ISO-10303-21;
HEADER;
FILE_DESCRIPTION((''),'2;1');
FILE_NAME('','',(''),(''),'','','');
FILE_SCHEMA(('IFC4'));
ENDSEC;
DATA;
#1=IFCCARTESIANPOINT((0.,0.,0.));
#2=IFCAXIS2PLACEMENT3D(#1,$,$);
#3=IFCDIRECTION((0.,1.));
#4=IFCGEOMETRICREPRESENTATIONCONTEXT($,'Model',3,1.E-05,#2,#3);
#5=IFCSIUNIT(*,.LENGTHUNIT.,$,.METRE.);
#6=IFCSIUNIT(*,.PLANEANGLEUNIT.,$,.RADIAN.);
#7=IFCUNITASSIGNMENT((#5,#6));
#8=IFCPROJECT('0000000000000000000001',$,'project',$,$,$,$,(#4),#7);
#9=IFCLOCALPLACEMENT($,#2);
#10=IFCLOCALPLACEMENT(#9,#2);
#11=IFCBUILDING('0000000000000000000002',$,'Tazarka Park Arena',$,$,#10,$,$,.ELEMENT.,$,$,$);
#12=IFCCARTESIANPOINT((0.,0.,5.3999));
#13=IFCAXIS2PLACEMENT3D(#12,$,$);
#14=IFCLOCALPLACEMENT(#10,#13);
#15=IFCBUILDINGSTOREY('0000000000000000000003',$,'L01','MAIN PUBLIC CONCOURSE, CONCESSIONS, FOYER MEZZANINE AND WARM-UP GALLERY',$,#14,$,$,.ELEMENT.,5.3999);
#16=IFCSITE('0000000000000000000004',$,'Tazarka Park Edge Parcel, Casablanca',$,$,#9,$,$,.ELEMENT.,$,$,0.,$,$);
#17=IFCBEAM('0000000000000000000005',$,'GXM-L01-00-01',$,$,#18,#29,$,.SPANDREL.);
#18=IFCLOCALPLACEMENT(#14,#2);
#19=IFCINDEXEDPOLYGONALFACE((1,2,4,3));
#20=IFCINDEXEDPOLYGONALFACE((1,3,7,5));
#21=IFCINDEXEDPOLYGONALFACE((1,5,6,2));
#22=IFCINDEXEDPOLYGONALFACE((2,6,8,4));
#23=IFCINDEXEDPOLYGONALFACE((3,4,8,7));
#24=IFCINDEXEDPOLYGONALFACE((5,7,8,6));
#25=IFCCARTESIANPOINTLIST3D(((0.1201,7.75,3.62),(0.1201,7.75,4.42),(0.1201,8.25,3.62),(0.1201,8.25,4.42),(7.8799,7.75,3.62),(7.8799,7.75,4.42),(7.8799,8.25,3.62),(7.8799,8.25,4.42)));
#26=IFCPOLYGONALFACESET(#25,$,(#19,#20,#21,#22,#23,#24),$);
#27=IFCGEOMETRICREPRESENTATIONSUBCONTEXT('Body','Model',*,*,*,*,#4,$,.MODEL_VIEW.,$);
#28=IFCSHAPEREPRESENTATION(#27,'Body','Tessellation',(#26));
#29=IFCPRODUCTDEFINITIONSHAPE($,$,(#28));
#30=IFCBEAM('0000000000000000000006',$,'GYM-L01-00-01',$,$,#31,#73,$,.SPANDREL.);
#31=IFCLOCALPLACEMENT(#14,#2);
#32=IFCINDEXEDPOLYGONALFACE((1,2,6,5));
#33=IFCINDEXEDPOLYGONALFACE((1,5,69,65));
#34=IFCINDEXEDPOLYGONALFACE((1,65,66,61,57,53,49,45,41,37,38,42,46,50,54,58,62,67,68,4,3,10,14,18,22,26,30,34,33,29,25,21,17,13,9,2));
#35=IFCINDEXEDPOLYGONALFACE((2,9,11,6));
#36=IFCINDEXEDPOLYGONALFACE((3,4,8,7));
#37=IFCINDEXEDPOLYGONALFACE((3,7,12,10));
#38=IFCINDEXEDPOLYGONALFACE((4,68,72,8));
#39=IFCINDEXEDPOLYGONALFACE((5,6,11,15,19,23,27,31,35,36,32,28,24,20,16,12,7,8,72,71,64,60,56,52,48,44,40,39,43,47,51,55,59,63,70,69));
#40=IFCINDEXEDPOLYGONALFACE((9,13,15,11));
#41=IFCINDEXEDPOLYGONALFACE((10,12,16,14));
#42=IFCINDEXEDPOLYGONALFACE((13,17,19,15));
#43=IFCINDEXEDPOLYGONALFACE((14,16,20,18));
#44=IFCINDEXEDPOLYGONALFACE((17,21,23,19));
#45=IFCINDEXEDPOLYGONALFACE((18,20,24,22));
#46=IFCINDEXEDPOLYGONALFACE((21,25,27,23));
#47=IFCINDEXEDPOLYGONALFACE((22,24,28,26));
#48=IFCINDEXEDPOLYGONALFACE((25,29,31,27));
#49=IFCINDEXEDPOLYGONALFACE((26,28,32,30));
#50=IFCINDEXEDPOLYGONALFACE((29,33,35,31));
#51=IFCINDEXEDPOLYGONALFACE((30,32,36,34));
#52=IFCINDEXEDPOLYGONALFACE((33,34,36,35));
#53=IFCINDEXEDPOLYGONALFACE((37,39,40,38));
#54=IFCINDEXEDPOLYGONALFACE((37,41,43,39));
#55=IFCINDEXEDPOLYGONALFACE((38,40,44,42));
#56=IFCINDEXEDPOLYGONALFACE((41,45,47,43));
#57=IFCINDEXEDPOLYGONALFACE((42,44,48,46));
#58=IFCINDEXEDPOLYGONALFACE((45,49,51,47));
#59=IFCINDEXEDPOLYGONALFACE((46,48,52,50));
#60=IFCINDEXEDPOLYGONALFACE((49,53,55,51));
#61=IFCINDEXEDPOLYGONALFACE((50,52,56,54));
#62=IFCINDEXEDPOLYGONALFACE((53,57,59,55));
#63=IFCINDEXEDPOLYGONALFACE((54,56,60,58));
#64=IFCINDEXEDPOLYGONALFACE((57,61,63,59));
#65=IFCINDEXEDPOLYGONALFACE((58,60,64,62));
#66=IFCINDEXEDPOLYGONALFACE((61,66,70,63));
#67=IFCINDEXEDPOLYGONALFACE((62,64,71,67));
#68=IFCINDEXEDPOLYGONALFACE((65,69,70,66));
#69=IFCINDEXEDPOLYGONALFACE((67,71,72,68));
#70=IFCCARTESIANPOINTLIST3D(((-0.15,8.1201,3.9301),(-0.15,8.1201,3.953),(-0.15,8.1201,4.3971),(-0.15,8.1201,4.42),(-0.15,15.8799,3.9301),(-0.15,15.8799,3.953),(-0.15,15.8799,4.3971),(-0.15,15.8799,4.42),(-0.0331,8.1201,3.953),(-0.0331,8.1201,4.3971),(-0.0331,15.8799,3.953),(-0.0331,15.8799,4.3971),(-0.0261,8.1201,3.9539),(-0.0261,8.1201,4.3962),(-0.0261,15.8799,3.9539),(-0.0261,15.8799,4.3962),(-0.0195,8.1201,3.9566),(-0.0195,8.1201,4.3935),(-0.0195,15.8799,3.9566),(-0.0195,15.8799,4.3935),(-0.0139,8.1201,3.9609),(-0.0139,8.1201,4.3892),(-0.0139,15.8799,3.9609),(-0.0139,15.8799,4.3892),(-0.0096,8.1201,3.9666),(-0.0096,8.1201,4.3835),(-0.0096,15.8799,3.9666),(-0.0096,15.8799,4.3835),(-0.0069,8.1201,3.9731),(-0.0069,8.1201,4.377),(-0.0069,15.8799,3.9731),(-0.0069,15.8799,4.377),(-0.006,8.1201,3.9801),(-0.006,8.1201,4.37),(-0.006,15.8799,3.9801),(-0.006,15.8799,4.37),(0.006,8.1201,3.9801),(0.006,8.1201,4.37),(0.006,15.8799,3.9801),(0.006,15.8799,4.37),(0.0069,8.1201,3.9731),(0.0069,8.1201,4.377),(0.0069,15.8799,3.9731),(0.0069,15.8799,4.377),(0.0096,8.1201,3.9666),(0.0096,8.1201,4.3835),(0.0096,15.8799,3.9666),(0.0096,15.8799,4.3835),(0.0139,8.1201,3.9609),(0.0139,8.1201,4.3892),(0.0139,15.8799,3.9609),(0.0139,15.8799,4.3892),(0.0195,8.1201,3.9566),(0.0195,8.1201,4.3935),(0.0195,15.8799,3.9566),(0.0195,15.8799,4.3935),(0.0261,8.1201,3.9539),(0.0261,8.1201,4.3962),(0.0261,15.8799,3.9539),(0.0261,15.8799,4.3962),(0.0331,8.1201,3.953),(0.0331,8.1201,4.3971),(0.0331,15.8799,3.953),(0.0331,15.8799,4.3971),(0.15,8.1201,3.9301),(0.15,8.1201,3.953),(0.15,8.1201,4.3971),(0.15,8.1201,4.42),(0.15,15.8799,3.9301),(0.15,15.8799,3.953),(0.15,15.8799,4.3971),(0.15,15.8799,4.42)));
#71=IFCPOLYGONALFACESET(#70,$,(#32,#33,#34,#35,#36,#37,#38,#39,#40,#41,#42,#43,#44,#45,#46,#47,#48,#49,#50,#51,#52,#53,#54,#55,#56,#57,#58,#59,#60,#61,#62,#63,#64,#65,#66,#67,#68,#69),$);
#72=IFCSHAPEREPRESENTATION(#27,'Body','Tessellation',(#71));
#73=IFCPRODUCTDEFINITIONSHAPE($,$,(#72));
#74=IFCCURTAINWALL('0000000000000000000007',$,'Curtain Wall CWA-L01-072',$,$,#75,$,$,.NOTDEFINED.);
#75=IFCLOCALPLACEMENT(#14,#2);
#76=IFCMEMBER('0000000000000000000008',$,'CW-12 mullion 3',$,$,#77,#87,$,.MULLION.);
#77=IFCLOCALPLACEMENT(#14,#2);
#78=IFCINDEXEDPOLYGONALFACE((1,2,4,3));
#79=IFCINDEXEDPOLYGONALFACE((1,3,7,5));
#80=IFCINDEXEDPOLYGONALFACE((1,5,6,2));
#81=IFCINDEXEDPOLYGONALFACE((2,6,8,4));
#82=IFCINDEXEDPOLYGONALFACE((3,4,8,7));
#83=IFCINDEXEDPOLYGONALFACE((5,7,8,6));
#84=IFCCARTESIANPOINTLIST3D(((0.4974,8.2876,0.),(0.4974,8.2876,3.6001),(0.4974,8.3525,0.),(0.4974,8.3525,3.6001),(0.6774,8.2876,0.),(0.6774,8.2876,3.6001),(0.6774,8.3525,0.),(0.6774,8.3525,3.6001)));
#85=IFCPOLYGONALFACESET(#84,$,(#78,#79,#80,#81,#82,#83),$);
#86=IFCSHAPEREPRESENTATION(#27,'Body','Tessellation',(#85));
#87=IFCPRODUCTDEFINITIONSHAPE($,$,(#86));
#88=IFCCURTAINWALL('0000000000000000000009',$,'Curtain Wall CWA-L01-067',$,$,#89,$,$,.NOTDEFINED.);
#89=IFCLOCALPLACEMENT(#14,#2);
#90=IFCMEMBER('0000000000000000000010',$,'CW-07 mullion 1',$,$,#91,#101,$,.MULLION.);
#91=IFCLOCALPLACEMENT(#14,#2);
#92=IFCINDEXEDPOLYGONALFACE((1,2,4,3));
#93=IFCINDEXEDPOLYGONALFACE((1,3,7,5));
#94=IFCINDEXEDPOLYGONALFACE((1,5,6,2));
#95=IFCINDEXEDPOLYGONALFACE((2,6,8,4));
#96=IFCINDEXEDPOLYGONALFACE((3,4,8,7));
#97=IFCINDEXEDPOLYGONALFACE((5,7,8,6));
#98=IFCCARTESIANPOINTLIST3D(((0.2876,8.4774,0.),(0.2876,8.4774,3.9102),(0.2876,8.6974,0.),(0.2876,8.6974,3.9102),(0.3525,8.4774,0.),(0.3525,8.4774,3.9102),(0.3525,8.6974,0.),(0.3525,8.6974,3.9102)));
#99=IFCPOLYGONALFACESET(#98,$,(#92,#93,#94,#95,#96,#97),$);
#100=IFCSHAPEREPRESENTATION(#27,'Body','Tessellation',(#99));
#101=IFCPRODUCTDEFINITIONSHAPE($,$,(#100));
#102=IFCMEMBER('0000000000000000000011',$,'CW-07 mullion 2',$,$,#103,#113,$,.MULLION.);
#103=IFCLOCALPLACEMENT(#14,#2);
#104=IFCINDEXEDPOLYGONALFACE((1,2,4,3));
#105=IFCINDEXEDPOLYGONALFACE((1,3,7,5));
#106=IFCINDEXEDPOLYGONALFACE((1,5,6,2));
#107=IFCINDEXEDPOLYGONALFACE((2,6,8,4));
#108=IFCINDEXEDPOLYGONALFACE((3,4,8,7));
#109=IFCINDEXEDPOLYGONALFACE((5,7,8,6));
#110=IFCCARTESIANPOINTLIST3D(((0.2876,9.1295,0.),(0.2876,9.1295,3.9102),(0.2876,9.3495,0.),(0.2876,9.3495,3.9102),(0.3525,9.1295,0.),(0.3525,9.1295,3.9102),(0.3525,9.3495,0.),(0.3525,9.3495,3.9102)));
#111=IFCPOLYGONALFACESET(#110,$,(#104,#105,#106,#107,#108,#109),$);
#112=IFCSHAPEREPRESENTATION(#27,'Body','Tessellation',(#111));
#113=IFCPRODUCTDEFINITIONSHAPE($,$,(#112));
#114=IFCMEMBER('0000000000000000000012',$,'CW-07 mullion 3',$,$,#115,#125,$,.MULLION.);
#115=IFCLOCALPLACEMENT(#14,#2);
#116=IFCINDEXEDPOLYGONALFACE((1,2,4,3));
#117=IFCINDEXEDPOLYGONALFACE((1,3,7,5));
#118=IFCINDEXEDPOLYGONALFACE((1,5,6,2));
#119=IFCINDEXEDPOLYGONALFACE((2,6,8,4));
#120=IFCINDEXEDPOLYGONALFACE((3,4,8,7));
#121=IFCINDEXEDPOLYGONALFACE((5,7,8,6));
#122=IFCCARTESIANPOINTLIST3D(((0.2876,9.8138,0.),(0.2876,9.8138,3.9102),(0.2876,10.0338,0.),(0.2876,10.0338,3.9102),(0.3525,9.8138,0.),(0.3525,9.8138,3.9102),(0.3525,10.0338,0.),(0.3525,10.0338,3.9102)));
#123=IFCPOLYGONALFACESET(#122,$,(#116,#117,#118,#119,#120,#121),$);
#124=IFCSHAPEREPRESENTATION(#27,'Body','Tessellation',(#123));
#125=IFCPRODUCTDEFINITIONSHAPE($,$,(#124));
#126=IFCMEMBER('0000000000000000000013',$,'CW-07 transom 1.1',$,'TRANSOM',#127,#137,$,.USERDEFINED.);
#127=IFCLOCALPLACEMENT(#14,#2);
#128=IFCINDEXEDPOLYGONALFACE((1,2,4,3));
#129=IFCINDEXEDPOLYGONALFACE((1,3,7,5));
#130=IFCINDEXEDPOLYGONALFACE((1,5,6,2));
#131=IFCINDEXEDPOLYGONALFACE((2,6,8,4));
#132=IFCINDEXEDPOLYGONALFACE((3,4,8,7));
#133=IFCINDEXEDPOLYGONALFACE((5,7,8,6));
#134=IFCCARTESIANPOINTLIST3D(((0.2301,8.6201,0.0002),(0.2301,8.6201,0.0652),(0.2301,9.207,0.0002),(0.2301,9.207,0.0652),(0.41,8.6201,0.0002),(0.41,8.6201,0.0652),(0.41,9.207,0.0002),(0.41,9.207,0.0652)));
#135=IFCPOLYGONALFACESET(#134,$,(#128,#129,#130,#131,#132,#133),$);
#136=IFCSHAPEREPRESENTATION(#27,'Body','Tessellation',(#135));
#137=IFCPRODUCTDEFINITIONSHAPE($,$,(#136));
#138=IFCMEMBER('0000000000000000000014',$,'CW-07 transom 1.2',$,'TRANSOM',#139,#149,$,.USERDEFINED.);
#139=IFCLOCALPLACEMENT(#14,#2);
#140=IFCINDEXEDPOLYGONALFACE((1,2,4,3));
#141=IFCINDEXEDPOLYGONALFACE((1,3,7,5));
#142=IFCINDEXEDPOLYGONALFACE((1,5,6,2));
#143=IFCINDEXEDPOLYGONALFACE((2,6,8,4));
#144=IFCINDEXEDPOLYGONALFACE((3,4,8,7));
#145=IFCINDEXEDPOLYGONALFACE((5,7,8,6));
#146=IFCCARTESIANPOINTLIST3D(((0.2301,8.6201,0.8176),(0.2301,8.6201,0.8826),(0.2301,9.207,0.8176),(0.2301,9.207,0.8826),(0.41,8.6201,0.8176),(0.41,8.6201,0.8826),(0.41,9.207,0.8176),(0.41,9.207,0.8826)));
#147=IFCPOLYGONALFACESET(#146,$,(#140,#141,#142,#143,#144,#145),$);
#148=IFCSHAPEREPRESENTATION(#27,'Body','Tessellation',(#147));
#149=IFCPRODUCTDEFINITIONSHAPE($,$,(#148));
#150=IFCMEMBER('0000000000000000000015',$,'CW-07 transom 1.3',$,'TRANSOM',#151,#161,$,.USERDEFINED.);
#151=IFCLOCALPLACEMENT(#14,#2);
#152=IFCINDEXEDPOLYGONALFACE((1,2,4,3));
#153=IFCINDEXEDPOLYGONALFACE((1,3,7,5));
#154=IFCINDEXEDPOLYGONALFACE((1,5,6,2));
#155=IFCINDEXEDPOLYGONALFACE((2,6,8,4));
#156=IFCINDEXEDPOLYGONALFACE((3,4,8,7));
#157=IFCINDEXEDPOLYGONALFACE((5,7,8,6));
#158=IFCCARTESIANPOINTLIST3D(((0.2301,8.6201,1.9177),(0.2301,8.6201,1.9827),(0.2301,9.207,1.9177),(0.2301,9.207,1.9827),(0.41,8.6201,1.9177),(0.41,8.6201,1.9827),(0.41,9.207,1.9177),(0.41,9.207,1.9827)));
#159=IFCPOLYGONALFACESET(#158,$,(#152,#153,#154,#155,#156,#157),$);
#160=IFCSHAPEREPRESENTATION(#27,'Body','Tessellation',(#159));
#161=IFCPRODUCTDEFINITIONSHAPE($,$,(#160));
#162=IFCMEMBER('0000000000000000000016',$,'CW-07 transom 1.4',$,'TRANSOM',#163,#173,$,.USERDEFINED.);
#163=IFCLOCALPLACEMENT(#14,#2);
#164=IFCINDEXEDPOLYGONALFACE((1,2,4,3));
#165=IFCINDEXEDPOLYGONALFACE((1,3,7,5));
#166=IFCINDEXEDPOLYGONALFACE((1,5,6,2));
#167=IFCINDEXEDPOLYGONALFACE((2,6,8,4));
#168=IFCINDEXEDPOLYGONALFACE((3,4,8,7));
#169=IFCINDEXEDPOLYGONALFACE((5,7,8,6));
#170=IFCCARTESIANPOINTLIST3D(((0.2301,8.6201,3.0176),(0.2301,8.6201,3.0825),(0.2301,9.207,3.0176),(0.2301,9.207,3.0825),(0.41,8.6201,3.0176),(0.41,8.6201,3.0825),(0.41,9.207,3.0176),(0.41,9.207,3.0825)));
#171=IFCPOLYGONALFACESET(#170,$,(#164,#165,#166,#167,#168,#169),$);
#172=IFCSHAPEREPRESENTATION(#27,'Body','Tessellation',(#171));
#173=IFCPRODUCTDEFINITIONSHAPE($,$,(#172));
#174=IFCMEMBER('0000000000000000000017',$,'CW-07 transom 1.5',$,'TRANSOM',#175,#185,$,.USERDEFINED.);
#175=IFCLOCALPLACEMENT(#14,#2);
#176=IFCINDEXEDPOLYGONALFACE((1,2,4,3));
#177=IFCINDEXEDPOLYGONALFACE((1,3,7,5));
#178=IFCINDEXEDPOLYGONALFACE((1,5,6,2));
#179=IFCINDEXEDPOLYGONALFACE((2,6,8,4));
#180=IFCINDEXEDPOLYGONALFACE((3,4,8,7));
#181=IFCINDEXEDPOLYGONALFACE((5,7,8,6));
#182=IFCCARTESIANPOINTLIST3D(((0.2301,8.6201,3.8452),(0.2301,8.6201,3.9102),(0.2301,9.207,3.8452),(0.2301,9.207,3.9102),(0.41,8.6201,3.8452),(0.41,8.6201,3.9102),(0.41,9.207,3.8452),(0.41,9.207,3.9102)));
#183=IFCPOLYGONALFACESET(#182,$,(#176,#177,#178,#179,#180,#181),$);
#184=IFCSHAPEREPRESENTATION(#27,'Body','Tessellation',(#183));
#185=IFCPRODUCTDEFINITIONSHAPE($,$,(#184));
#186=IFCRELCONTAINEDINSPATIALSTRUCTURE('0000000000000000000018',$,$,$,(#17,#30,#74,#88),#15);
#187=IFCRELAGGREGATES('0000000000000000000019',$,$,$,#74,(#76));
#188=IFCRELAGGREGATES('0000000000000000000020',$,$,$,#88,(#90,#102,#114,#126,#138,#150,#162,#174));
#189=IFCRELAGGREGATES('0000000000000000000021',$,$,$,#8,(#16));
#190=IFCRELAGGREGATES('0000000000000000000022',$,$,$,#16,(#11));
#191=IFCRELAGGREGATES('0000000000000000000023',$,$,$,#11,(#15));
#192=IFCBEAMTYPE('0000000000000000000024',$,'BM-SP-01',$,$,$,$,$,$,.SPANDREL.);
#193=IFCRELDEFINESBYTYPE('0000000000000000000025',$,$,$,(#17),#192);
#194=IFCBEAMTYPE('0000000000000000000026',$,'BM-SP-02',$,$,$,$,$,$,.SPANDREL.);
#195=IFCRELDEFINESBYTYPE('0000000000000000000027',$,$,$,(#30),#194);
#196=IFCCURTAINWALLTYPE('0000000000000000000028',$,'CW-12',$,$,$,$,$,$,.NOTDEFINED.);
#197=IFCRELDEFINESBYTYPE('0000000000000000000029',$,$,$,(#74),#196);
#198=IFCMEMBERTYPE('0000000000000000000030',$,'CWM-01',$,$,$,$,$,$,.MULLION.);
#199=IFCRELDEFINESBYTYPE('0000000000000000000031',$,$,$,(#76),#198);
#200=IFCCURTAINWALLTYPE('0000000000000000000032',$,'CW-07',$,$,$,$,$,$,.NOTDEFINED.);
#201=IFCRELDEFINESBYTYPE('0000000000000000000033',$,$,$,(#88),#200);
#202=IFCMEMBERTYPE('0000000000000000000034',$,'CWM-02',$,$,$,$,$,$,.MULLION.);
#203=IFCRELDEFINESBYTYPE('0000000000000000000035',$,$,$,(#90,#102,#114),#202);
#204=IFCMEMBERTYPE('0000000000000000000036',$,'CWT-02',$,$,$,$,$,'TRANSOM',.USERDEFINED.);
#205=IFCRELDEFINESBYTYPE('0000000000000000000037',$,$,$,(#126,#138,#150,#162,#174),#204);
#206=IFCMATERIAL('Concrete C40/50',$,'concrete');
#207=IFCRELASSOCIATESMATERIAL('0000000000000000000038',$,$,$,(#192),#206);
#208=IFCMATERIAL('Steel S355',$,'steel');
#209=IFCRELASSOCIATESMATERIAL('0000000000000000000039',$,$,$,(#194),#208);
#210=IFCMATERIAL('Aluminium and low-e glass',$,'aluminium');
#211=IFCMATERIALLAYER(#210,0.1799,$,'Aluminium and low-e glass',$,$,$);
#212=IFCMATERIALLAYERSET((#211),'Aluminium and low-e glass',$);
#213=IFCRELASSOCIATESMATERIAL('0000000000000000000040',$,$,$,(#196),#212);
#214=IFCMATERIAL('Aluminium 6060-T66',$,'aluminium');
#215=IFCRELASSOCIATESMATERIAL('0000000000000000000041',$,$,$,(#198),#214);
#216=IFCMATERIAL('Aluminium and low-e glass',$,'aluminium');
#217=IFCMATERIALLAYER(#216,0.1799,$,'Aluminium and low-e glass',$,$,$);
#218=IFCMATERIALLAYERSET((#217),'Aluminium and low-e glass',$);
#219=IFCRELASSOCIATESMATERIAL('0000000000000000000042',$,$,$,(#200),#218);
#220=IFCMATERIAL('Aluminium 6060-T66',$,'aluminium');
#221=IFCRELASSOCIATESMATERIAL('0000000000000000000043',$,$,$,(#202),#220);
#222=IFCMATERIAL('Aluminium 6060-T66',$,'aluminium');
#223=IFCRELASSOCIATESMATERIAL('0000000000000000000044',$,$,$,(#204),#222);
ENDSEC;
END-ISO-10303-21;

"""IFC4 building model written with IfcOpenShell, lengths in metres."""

from ifc_helpers import new_model, si_unit, direction, frame, origin, origin_2d, place, context, subcontext, project, spatial, rectangle, i_section, extrude, material, layer, layer_set, material_profile, profile_set, type_object, element, aggregate, save


model = new_model("IFC4")

# Units and contexts
model_context = context("Model", 3, precision=1e-05, world=origin(), true_north=direction((0.0, 1.0)))
body_context = subcontext(model_context, "Body", "Model", "MODEL_VIEW")
ifc_project = project(units=[si_unit("LENGTHUNIT", "METRE"), si_unit("PLANEANGLEUNIT", "RADIAN")], contexts=[model_context])

# Site, building, storey
site_placement = place(None, origin())
site = spatial("IfcSite", under=ifc_project, at=site_placement, Name="Tazarka Park Edge Parcel, Casablanca", CompositionType="ELEMENT", RefElevation=0.0)
building_placement = place(site_placement, origin())
building = spatial("IfcBuilding", under=site, at=building_placement, Name="Tazarka Park Arena", CompositionType="ELEMENT")
storey_placement = place(building_placement, frame((0.0, 0.0, 5.3999)))
storey = spatial("IfcBuildingStorey", under=building, at=storey_placement, Name="L01", Description="MAIN PUBLIC CONCOURSE, CONCESSIONS, FOYER MEZZANINE AND WARM-UP GALLERY", CompositionType="ELEMENT", Elevation=5.3999)

# Beams
ifc_material_1 = material(Name="Concrete C40/50", Category="concrete")
ifc_material_profile_1 = material_profile(ifc_material_1, rectangle(XDim=0.5, YDim=0.8, at=origin_2d()), Name="Concrete C40/50")
ifc_profile_set_1 = profile_set([ifc_material_profile_1], Name="Concrete C40/50")
beam_type_1 = type_object("IfcBeamType", Name="BM-SP-01", PredefinedType="SPANDREL", material=ifc_profile_set_1)
beam_1_placement = place(storey_placement, frame((0.1201, 8.0, 4.02), z_axis=(1.0, 0.0, 0.0), x_axis=(0.0, 1.0, 0.0)))
element("IfcBeam", 1, at=beam_1_placement, inside=storey, type_object=beam_type_1, Name="GXM-L01-00-01", PredefinedType="SPANDREL", context=body_context, shape_type="SweptSolid", body=[
    extrude(rectangle(XDim=0.5, YDim=0.8, at=origin_2d()), origin(), (0.0, 0.0, 1.0), 7.7598),
])
ifc_material_2 = material(Name="Steel S355", Category="steel")
ifc_material_profile_2 = material_profile(ifc_material_2, i_section(OverallWidth=0.3, OverallDepth=0.49, WebThickness=0.012, FlangeThickness=0.0229, FilletRadius=0.0271, at=origin_2d()), Name="Steel S355")
ifc_profile_set_2 = profile_set([ifc_material_profile_2], Name="Steel S355")
beam_type_2 = type_object("IfcBeamType", Name="BM-SP-02", PredefinedType="SPANDREL", material=ifc_profile_set_2)
beam_2_placement = place(storey_placement, frame((0.0, 8.1201, 4.175), z_axis=(0.0, 1.0, 0.0), x_axis=(-1.0, 0.0, 0.0)))
element("IfcBeam", 2, at=beam_2_placement, inside=storey, type_object=beam_type_2, Name="GYM-L01-00-01", PredefinedType="SPANDREL", context=body_context, shape_type="SweptSolid", body=[
    extrude(i_section(OverallWidth=0.3, OverallDepth=0.49, WebThickness=0.012, FlangeThickness=0.0229, FilletRadius=0.0271, at=origin_2d()), origin(), (0.0, 0.0, 1.0), 7.7598),
])

# Curtain wall, member
ifc_material_3 = material(Name="Aluminium and low-e glass", Category="aluminium")
ifc_layer_1 = layer(ifc_material_3, 0.1799, Name="Aluminium and low-e glass")
ifc_layer_set_1 = layer_set([ifc_layer_1], Name="Aluminium and low-e glass")
curtain_wall_type_1 = type_object("IfcCurtainWallType", Name="CW-12", PredefinedType="NOTDEFINED", material=ifc_layer_set_1)
curtain_wall_1_placement = place(storey_placement, origin())
curtain_wall_1 = element("IfcCurtainWall", 3, at=curtain_wall_1_placement, inside=storey, type_object=curtain_wall_type_1, Name="Curtain Wall CWA-L01-072", PredefinedType="NOTDEFINED")
ifc_material_4 = material(Name="Aluminium 6060-T66", Category="aluminium")
ifc_material_profile_3 = material_profile(ifc_material_4, rectangle(XDim=0.0649, YDim=0.1799, at=origin_2d()), Name="Aluminium 6060-T66")
ifc_profile_set_3 = profile_set([ifc_material_profile_3], Name="Aluminium 6060-T66")
member_type_1 = type_object("IfcMemberType", Name="CWM-01", PredefinedType="MULLION", material=ifc_profile_set_3)
member_1_placement = place(storey_placement, frame((0.5874, 8.3201, 0.0), z_axis=(0.0, 0.0, 1.0), x_axis=(0.0, -1.0, 0.0)))
member_1 = element("IfcMember", 4, at=member_1_placement, type_object=member_type_1, Name="CW-12 mullion 3", PredefinedType="MULLION", context=body_context, shape_type="SweptSolid", body=[
    extrude(rectangle(XDim=0.0649, YDim=0.1799, at=origin_2d()), origin(), (0.0, 0.0, 1.0), 3.6001),
])

# Curtain wall, members
ifc_material_5 = material(Name="Aluminium and low-e glass", Category="aluminium")
ifc_layer_2 = layer(ifc_material_5, 0.1799, Name="Aluminium and low-e glass")
ifc_layer_set_2 = layer_set([ifc_layer_2], Name="Aluminium and low-e glass")
curtain_wall_type_2 = type_object("IfcCurtainWallType", Name="CW-07", PredefinedType="NOTDEFINED", material=ifc_layer_set_2)
curtain_wall_2_placement = place(storey_placement, origin())
curtain_wall_2 = element("IfcCurtainWall", 5, at=curtain_wall_2_placement, inside=storey, type_object=curtain_wall_type_2, Name="Curtain Wall CWA-L01-067", PredefinedType="NOTDEFINED")
ifc_material_6 = material(Name="Aluminium 6060-T66", Category="aluminium")
ifc_material_profile_4 = material_profile(ifc_material_6, rectangle(XDim=0.0649, YDim=0.22, at=origin_2d()), Name="Aluminium 6060-T66")
ifc_profile_set_4 = profile_set([ifc_material_profile_4], Name="Aluminium 6060-T66")
member_type_2 = type_object("IfcMemberType", Name="CWM-02", PredefinedType="MULLION", material=ifc_profile_set_4)
member_2_placement = place(storey_placement, frame((0.3201, 8.5874, 0.0), z_axis=(0.0, 0.0, 1.0), x_axis=(-1.0, 0.0, 0.0)))
member_2 = element("IfcMember", 6, at=member_2_placement, type_object=member_type_2, Name="CW-07 mullion 1", PredefinedType="MULLION", context=body_context, shape_type="SweptSolid", body=[
    extrude(rectangle(XDim=0.0649, YDim=0.22, at=origin_2d()), origin(), (0.0, 0.0, 1.0), 3.9102),
])
member_3_placement = place(storey_placement, frame((0.3201, 9.2395, 0.0), z_axis=(0.0, 0.0, 1.0), x_axis=(-1.0, 0.0, 0.0)))
member_3 = element("IfcMember", 7, at=member_3_placement, type_object=member_type_2, Name="CW-07 mullion 2", PredefinedType="MULLION", context=body_context, shape_type="SweptSolid", body=[
    extrude(rectangle(XDim=0.0649, YDim=0.22, at=origin_2d()), origin(), (0.0, 0.0, 1.0), 3.9102),
])
member_4_placement = place(storey_placement, frame((0.3201, 9.9238, 0.0), z_axis=(0.0, 0.0, 1.0), x_axis=(-1.0, 0.0, 0.0)))
member_4 = element("IfcMember", 8, at=member_4_placement, type_object=member_type_2, Name="CW-07 mullion 3", PredefinedType="MULLION", context=body_context, shape_type="SweptSolid", body=[
    extrude(rectangle(XDim=0.0649, YDim=0.22, at=origin_2d()), origin(), (0.0, 0.0, 1.0), 3.9102),
])
ifc_material_7 = material(Name="Aluminium 6060-T66", Category="aluminium")
ifc_material_profile_5 = material_profile(ifc_material_7, rectangle(XDim=0.1799, YDim=0.0649, at=origin_2d()), Name="Aluminium 6060-T66")
ifc_profile_set_5 = profile_set([ifc_material_profile_5], Name="Aluminium 6060-T66")
member_type_3 = type_object("IfcMemberType", Name="CWT-02", ElementType="TRANSOM", PredefinedType="USERDEFINED", material=ifc_profile_set_5)
member_5_placement = place(storey_placement, frame((0.3201, 8.6201, 0.0327), z_axis=(0.0, 1.0, 0.0), x_axis=(-1.0, 0.0, 0.0)))
member_5 = element("IfcMember", 9, at=member_5_placement, type_object=member_type_3, Name="CW-07 transom 1.1", ObjectType="TRANSOM", PredefinedType="USERDEFINED", context=body_context, shape_type="SweptSolid", body=[
    extrude(rectangle(XDim=0.1799, YDim=0.0649, at=origin_2d()), origin(), (0.0, 0.0, 1.0), 0.5869),
])
member_6_placement = place(storey_placement, frame((0.3201, 8.6201, 0.8501), z_axis=(0.0, 1.0, 0.0), x_axis=(-1.0, 0.0, 0.0)))
member_6 = element("IfcMember", 10, at=member_6_placement, type_object=member_type_3, Name="CW-07 transom 1.2", ObjectType="TRANSOM", PredefinedType="USERDEFINED", context=body_context, shape_type="SweptSolid", body=[
    extrude(rectangle(XDim=0.1799, YDim=0.0649, at=origin_2d()), origin(), (0.0, 0.0, 1.0), 0.5869),
])
member_7_placement = place(storey_placement, frame((0.3201, 8.6201, 1.9502), z_axis=(0.0, 1.0, 0.0), x_axis=(-1.0, 0.0, 0.0)))
member_7 = element("IfcMember", 11, at=member_7_placement, type_object=member_type_3, Name="CW-07 transom 1.3", ObjectType="TRANSOM", PredefinedType="USERDEFINED", context=body_context, shape_type="SweptSolid", body=[
    extrude(rectangle(XDim=0.1799, YDim=0.0649, at=origin_2d()), origin(), (0.0, 0.0, 1.0), 0.5869),
])
member_8_placement = place(storey_placement, frame((0.3201, 8.6201, 3.05), z_axis=(0.0, 1.0, 0.0), x_axis=(-1.0, 0.0, 0.0)))
member_8 = element("IfcMember", 12, at=member_8_placement, type_object=member_type_3, Name="CW-07 transom 1.4", ObjectType="TRANSOM", PredefinedType="USERDEFINED", context=body_context, shape_type="SweptSolid", body=[
    extrude(rectangle(XDim=0.1799, YDim=0.0649, at=origin_2d()), origin(), (0.0, 0.0, 1.0), 0.5869),
])
member_9_placement = place(storey_placement, frame((0.3201, 8.6201, 3.8777), z_axis=(0.0, 1.0, 0.0), x_axis=(-1.0, 0.0, 0.0)))
member_9 = element("IfcMember", 13, at=member_9_placement, type_object=member_type_3, Name="CW-07 transom 1.5", ObjectType="TRANSOM", PredefinedType="USERDEFINED", context=body_context, shape_type="SweptSolid", body=[
    extrude(rectangle(XDim=0.1799, YDim=0.0649, at=origin_2d()), origin(), (0.0, 0.0, 1.0), 0.5869),
])

aggregate(curtain_wall_1, [member_1])
aggregate(curtain_wall_2, [member_2, member_3, member_4, member_5, member_6, member_7, member_8, member_9])

save(model, "model.ifc")
